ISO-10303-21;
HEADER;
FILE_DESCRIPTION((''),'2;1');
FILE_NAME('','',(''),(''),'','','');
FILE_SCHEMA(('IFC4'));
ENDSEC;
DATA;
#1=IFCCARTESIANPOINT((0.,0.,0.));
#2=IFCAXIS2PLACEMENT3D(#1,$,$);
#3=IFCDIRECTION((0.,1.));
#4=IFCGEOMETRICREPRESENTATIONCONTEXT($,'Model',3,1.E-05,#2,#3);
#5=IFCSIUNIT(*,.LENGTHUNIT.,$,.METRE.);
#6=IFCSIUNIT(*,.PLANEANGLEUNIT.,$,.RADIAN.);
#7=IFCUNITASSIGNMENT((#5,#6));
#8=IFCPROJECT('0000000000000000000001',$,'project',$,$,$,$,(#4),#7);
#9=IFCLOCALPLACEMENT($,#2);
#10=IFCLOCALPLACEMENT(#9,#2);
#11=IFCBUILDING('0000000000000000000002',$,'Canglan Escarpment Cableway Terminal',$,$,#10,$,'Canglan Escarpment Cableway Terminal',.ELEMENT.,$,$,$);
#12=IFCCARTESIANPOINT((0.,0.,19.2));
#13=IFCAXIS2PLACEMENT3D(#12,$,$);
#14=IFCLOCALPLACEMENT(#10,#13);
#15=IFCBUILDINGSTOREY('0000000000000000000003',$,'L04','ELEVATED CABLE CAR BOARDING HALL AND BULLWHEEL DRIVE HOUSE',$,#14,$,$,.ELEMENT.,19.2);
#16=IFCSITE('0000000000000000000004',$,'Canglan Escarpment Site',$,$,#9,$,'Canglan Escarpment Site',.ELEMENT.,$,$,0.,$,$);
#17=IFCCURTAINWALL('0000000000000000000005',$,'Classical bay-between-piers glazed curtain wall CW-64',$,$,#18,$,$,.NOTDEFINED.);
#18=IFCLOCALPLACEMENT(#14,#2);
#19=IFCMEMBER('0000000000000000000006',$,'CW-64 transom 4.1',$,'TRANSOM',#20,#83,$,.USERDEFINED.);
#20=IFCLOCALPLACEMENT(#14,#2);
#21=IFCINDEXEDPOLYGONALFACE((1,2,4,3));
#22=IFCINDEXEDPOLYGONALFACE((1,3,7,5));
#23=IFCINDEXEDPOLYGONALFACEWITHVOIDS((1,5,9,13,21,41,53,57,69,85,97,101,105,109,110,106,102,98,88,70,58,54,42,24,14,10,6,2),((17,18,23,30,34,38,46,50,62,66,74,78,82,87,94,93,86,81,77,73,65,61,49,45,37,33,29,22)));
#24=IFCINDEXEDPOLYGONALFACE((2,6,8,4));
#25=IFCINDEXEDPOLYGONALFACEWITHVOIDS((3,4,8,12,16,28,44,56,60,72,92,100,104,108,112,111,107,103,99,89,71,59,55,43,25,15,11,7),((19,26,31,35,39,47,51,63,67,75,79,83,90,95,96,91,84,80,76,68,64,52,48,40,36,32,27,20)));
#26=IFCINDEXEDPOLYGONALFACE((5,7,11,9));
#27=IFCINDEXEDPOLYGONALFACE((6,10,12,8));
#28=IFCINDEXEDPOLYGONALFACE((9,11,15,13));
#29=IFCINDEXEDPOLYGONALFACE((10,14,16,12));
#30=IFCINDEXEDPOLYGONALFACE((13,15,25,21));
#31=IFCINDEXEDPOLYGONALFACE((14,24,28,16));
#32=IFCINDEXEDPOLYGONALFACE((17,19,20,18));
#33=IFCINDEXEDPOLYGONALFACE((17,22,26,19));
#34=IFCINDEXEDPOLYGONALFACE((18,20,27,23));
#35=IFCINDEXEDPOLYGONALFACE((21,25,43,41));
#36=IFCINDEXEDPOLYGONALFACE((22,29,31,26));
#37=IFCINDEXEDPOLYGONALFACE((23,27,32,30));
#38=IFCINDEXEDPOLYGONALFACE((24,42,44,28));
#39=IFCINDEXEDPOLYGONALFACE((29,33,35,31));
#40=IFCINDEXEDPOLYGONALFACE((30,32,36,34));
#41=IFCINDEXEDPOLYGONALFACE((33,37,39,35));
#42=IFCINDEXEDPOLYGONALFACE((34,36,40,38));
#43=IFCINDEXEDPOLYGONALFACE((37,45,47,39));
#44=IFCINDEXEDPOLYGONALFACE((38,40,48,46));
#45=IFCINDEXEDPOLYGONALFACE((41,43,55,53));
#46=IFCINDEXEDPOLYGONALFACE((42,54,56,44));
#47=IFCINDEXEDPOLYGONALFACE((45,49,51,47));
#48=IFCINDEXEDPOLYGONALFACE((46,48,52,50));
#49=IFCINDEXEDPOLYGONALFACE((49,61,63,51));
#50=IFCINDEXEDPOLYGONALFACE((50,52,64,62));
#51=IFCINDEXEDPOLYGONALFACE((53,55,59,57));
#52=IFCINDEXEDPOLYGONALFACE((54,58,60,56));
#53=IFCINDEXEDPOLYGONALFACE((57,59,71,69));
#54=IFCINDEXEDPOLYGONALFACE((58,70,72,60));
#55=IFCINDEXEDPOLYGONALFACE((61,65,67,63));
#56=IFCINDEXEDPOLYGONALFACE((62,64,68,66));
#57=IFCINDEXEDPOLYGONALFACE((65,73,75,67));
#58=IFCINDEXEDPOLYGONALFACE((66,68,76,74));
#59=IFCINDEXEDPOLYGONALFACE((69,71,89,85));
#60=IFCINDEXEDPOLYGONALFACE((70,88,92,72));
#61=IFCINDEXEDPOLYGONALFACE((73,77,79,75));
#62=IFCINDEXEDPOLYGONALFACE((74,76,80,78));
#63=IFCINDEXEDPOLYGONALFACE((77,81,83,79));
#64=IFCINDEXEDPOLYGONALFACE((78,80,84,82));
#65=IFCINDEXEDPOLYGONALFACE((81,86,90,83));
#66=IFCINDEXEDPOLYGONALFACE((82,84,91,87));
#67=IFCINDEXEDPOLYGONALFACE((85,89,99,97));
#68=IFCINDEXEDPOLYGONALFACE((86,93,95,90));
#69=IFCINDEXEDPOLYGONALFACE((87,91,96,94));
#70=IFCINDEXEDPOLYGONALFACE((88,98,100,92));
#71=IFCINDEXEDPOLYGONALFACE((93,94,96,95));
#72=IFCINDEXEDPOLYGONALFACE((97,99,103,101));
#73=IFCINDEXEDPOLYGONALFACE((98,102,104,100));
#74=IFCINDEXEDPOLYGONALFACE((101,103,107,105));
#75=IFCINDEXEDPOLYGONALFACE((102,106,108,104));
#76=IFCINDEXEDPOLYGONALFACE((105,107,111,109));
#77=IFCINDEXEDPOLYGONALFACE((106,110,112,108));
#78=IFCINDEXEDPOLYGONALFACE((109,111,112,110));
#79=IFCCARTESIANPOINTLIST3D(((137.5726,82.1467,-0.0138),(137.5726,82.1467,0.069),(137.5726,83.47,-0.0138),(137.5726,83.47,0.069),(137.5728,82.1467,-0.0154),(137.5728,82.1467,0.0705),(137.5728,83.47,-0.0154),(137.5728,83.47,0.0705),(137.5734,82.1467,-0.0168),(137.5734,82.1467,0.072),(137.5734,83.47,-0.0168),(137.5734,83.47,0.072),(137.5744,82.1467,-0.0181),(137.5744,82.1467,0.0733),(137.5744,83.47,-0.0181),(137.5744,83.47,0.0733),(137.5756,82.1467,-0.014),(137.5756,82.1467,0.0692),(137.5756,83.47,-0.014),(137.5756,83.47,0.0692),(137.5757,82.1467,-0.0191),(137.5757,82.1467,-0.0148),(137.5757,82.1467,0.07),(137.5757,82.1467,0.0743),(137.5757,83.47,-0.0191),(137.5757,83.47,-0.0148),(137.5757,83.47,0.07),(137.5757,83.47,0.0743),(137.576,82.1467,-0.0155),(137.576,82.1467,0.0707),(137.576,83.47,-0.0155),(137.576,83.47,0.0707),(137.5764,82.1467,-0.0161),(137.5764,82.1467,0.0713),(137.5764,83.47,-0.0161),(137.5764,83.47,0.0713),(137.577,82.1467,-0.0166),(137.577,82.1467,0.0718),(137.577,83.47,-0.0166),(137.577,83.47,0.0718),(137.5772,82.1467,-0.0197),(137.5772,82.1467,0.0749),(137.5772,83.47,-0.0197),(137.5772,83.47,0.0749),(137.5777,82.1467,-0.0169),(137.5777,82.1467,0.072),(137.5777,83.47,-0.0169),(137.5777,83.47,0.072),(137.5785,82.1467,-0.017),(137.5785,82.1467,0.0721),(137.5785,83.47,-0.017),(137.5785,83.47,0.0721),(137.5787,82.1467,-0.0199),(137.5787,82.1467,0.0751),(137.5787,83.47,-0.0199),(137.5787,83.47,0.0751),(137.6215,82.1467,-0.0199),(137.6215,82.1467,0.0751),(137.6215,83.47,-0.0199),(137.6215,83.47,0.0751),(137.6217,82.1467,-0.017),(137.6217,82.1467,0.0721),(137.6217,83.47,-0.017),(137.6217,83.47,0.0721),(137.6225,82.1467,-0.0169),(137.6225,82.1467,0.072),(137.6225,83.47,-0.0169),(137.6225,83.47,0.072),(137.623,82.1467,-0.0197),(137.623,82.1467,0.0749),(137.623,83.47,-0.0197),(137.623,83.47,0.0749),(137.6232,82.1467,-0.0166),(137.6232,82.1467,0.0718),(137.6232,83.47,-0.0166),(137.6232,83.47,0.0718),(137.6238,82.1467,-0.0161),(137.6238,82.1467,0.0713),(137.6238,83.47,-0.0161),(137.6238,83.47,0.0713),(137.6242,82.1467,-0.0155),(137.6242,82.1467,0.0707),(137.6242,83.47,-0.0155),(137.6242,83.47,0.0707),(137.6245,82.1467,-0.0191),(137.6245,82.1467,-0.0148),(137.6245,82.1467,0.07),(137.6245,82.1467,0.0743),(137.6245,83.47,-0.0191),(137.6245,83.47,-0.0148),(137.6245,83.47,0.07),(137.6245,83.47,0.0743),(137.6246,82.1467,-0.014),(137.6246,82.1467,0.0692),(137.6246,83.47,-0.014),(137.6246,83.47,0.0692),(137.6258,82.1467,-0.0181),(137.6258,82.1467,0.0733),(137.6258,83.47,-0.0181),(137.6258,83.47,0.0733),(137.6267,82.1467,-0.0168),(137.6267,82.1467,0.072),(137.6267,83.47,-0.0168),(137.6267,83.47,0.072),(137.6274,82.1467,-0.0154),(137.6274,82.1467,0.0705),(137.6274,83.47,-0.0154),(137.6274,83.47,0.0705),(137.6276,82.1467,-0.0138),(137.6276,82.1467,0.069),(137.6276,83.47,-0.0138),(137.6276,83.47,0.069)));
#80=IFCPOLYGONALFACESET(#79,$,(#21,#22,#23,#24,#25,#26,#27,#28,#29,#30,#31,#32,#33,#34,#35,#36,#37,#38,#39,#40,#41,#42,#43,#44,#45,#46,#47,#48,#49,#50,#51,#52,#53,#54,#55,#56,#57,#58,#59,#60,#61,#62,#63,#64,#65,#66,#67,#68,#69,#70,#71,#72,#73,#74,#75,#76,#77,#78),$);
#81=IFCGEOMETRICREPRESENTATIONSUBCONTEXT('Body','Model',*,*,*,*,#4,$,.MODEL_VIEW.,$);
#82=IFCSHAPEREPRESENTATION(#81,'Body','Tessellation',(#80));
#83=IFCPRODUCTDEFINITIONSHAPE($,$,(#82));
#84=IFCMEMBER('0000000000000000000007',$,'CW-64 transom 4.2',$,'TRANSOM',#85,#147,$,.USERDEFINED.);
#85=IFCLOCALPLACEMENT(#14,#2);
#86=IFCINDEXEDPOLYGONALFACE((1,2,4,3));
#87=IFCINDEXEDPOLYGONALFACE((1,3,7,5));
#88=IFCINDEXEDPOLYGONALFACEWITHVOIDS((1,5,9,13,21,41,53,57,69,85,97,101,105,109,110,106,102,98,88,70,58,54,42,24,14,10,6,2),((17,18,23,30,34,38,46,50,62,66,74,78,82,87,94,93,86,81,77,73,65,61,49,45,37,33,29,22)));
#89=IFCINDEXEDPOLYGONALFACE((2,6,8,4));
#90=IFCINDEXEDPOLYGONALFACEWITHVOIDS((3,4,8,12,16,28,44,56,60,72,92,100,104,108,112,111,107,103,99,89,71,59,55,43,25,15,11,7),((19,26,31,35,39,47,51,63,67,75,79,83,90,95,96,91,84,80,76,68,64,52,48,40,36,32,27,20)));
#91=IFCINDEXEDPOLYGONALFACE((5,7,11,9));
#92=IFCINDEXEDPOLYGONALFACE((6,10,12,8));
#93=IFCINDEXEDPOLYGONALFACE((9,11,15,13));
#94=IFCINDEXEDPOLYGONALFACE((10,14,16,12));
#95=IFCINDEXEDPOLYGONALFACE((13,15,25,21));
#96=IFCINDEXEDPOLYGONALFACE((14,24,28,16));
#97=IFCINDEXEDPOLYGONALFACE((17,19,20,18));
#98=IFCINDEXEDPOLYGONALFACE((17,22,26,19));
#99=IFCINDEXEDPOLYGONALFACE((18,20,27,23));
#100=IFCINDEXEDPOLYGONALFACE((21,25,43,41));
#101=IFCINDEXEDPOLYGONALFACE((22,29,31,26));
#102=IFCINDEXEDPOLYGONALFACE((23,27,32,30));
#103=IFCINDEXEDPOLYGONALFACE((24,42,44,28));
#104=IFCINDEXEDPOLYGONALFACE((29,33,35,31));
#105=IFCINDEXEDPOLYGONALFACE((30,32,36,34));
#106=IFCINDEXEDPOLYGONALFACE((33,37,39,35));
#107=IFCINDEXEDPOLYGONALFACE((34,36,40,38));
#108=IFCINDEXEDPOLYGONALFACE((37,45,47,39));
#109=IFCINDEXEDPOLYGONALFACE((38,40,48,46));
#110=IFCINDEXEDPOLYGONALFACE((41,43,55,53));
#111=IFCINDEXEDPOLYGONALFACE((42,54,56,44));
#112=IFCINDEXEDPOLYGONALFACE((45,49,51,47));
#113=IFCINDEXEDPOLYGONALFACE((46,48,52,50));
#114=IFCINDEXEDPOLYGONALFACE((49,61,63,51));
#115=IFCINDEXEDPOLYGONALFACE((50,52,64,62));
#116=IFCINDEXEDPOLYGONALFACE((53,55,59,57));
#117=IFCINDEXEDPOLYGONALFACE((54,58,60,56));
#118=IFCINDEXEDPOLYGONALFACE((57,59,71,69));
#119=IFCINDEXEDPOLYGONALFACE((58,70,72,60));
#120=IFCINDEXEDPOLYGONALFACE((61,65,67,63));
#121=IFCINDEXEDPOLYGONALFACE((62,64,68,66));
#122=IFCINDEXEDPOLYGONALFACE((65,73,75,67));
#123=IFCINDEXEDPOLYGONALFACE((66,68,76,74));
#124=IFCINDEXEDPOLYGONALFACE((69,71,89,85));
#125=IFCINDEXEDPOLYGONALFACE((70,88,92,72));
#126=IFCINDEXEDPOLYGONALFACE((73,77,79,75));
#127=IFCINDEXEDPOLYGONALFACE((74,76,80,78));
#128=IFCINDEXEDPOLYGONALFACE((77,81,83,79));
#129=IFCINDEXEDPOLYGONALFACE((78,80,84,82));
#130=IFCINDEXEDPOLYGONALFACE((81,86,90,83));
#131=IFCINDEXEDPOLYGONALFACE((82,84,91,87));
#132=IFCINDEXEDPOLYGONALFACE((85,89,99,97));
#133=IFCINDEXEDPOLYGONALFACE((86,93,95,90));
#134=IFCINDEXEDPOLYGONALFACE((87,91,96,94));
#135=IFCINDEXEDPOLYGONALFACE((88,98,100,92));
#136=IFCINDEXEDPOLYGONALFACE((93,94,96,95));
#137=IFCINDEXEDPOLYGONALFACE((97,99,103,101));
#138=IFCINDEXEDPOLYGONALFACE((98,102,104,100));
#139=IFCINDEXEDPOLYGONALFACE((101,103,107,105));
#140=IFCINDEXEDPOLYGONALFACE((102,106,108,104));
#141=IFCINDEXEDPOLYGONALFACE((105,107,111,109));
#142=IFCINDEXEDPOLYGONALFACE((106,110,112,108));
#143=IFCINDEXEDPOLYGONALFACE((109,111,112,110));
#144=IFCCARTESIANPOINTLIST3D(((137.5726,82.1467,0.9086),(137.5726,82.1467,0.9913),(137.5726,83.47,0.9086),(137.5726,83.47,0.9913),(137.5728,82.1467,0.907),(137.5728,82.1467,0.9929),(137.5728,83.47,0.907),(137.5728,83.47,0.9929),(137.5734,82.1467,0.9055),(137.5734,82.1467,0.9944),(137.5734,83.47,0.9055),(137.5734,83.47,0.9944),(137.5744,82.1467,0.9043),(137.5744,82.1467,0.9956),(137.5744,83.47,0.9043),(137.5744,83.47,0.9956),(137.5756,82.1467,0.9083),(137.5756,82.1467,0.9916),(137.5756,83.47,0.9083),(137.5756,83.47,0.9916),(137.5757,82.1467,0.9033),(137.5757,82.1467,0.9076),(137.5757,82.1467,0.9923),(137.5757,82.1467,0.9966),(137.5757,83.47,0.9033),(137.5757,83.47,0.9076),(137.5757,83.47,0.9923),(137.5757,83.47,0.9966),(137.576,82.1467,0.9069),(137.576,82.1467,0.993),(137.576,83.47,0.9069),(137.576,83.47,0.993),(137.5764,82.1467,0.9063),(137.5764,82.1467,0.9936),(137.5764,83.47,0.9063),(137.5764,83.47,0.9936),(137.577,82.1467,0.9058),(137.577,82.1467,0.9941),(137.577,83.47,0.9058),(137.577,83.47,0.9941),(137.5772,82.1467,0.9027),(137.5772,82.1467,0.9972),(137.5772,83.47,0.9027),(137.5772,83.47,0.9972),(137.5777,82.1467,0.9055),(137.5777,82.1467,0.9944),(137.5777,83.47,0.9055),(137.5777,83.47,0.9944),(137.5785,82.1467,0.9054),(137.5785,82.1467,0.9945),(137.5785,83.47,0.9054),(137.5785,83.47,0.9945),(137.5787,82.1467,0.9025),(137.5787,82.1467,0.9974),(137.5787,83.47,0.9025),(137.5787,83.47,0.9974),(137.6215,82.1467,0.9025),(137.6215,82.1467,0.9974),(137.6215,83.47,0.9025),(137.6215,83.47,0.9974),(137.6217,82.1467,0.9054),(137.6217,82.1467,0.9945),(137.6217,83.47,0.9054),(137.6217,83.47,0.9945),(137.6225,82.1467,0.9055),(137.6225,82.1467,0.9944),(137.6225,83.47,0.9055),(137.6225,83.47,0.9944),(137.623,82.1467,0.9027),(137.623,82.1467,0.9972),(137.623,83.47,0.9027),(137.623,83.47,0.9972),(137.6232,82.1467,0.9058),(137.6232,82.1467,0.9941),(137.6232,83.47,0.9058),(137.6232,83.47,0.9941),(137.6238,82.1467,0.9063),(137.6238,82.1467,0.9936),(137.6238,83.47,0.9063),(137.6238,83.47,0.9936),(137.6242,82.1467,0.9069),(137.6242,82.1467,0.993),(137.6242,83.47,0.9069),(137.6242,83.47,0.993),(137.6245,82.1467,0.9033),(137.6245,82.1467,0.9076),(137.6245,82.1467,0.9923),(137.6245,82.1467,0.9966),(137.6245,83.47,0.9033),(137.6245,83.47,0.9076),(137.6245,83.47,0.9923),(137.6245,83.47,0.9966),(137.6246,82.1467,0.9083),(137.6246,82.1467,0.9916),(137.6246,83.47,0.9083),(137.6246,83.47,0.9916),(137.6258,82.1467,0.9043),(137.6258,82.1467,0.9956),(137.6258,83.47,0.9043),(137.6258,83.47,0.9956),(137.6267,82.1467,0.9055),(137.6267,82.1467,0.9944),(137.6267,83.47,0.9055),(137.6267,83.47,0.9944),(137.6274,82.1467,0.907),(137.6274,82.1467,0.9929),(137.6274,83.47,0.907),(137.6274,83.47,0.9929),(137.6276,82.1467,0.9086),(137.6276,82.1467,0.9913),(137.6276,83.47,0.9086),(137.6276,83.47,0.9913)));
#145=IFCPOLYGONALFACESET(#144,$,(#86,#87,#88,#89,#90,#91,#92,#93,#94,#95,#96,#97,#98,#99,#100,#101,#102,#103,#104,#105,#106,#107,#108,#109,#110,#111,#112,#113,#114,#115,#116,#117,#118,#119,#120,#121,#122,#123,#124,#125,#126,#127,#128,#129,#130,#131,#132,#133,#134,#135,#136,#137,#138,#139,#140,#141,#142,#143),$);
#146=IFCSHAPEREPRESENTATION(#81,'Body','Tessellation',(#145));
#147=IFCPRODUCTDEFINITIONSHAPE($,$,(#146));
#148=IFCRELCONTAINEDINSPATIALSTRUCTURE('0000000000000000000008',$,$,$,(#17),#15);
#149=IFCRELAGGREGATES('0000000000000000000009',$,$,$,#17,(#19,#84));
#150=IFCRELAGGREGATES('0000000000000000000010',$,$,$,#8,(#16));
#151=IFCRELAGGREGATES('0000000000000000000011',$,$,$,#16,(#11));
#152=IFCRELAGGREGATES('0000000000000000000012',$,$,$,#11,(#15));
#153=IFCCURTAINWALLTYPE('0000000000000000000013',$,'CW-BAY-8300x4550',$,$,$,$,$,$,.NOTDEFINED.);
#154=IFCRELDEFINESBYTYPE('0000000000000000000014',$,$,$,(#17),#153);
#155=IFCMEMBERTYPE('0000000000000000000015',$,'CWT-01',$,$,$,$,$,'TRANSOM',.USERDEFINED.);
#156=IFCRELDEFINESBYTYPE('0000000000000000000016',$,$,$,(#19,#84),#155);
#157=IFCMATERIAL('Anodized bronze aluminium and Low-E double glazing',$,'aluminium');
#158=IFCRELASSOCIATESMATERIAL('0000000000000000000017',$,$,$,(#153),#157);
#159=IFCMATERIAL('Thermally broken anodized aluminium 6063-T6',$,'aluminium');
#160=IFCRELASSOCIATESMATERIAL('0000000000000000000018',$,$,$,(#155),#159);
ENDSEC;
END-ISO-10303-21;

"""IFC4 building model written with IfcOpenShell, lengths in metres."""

from ifc_helpers import new_model, si_unit, direction, frame, origin, origin_2d, place, context, subcontext, project, spatial, hollow_rectangle, extrude, material, material_profile, profile_set, type_object, element, aggregate, save


model = new_model("IFC4")

# Units and contexts
model_context = context("Model", 3, precision=1e-05, world=origin(), true_north=direction((0.0, 1.0)))
body_context = subcontext(model_context, "Body", "Model", "MODEL_VIEW")
ifc_project = project(units=[si_unit("LENGTHUNIT", "METRE"), si_unit("PLANEANGLEUNIT", "RADIAN")], contexts=[model_context])

# Site, building, storey
site_placement = place(None, origin())
site = spatial("IfcSite", under=ifc_project, at=site_placement, Name="Canglan Escarpment Site", LongName="Canglan Escarpment Site", CompositionType="ELEMENT", RefElevation=0.0)
building_placement = place(site_placement, origin())
building = spatial("IfcBuilding", under=site, at=building_placement, Name="Canglan Escarpment Cableway Terminal", LongName="Canglan Escarpment Cableway Terminal", CompositionType="ELEMENT")
storey_placement = place(building_placement, frame((0.0, 0.0, 19.2)))
storey = spatial("IfcBuildingStorey", under=building, at=storey_placement, Name="L04", Description="ELEVATED CABLE CAR BOARDING HALL AND BULLWHEEL DRIVE HOUSE", CompositionType="ELEMENT", Elevation=19.2)

# Curtain wall, members
ifc_material_1 = material(Name="Anodized bronze aluminium and Low-E double glazing", Category="aluminium")
curtain_wall_type = type_object("IfcCurtainWallType", Name="CW-BAY-8300x4550", PredefinedType="NOTDEFINED", material=ifc_material_1)
curtain_wall_placement = place(storey_placement, origin())
curtain_wall = element("IfcCurtainWall", 1, at=curtain_wall_placement, inside=storey, type_object=curtain_wall_type, Name="Classical bay-between-piers glazed curtain wall CW-64", PredefinedType="NOTDEFINED")
ifc_material_2 = material(Name="Thermally broken anodized aluminium 6063-T6", Category="aluminium")
ifc_material_profile_1 = material_profile(ifc_material_2, hollow_rectangle(XDim=0.0549, YDim=0.095, WallThickness=0.0029, InnerFilletRadius=0.0029, OuterFilletRadius=0.0061, at=origin_2d()), Name="ALU-TRAN 55x95x3")
ifc_profile_set_1 = profile_set([ifc_material_profile_1], Name="Thermally broken anodized aluminium 6063-T6")
member_type_1 = type_object("IfcMemberType", Name="CWT-01", ElementType="TRANSOM", PredefinedType="USERDEFINED", material=ifc_profile_set_1)
member_1_placement = place(storey_placement, frame((137.6001, 83.47, 0.0276), z_axis=(0.0, -1.0, 0.0), x_axis=(1.0, 0.0, 0.0)))
member_1 = element("IfcMember", 2, at=member_1_placement, type_object=member_type_1, Name="CW-64 transom 4.1", ObjectType="TRANSOM", PredefinedType="USERDEFINED", context=body_context, shape_type="SweptSolid", body=[
    extrude(hollow_rectangle(XDim=0.0549, YDim=0.095, WallThickness=0.0029, InnerFilletRadius=0.0029, OuterFilletRadius=0.0061, at=origin_2d()), origin(), (0.0, 0.0, 1.0), 1.3232),
])
member_2_placement = place(storey_placement, frame((137.6001, 83.47, 0.95), z_axis=(0.0, -1.0, 0.0), x_axis=(1.0, 0.0, 0.0)))
member_2 = element("IfcMember", 3, at=member_2_placement, type_object=member_type_1, Name="CW-64 transom 4.2", ObjectType="TRANSOM", PredefinedType="USERDEFINED", context=body_context, shape_type="SweptSolid", body=[
    extrude(hollow_rectangle(XDim=0.0549, YDim=0.095, WallThickness=0.0029, InnerFilletRadius=0.0029, OuterFilletRadius=0.0061, at=origin_2d()), origin(), (0.0, 0.0, 1.0), 1.3232),
])
aggregate(curtain_wall, [member_1, member_2])

save(model, "model.ifc")
